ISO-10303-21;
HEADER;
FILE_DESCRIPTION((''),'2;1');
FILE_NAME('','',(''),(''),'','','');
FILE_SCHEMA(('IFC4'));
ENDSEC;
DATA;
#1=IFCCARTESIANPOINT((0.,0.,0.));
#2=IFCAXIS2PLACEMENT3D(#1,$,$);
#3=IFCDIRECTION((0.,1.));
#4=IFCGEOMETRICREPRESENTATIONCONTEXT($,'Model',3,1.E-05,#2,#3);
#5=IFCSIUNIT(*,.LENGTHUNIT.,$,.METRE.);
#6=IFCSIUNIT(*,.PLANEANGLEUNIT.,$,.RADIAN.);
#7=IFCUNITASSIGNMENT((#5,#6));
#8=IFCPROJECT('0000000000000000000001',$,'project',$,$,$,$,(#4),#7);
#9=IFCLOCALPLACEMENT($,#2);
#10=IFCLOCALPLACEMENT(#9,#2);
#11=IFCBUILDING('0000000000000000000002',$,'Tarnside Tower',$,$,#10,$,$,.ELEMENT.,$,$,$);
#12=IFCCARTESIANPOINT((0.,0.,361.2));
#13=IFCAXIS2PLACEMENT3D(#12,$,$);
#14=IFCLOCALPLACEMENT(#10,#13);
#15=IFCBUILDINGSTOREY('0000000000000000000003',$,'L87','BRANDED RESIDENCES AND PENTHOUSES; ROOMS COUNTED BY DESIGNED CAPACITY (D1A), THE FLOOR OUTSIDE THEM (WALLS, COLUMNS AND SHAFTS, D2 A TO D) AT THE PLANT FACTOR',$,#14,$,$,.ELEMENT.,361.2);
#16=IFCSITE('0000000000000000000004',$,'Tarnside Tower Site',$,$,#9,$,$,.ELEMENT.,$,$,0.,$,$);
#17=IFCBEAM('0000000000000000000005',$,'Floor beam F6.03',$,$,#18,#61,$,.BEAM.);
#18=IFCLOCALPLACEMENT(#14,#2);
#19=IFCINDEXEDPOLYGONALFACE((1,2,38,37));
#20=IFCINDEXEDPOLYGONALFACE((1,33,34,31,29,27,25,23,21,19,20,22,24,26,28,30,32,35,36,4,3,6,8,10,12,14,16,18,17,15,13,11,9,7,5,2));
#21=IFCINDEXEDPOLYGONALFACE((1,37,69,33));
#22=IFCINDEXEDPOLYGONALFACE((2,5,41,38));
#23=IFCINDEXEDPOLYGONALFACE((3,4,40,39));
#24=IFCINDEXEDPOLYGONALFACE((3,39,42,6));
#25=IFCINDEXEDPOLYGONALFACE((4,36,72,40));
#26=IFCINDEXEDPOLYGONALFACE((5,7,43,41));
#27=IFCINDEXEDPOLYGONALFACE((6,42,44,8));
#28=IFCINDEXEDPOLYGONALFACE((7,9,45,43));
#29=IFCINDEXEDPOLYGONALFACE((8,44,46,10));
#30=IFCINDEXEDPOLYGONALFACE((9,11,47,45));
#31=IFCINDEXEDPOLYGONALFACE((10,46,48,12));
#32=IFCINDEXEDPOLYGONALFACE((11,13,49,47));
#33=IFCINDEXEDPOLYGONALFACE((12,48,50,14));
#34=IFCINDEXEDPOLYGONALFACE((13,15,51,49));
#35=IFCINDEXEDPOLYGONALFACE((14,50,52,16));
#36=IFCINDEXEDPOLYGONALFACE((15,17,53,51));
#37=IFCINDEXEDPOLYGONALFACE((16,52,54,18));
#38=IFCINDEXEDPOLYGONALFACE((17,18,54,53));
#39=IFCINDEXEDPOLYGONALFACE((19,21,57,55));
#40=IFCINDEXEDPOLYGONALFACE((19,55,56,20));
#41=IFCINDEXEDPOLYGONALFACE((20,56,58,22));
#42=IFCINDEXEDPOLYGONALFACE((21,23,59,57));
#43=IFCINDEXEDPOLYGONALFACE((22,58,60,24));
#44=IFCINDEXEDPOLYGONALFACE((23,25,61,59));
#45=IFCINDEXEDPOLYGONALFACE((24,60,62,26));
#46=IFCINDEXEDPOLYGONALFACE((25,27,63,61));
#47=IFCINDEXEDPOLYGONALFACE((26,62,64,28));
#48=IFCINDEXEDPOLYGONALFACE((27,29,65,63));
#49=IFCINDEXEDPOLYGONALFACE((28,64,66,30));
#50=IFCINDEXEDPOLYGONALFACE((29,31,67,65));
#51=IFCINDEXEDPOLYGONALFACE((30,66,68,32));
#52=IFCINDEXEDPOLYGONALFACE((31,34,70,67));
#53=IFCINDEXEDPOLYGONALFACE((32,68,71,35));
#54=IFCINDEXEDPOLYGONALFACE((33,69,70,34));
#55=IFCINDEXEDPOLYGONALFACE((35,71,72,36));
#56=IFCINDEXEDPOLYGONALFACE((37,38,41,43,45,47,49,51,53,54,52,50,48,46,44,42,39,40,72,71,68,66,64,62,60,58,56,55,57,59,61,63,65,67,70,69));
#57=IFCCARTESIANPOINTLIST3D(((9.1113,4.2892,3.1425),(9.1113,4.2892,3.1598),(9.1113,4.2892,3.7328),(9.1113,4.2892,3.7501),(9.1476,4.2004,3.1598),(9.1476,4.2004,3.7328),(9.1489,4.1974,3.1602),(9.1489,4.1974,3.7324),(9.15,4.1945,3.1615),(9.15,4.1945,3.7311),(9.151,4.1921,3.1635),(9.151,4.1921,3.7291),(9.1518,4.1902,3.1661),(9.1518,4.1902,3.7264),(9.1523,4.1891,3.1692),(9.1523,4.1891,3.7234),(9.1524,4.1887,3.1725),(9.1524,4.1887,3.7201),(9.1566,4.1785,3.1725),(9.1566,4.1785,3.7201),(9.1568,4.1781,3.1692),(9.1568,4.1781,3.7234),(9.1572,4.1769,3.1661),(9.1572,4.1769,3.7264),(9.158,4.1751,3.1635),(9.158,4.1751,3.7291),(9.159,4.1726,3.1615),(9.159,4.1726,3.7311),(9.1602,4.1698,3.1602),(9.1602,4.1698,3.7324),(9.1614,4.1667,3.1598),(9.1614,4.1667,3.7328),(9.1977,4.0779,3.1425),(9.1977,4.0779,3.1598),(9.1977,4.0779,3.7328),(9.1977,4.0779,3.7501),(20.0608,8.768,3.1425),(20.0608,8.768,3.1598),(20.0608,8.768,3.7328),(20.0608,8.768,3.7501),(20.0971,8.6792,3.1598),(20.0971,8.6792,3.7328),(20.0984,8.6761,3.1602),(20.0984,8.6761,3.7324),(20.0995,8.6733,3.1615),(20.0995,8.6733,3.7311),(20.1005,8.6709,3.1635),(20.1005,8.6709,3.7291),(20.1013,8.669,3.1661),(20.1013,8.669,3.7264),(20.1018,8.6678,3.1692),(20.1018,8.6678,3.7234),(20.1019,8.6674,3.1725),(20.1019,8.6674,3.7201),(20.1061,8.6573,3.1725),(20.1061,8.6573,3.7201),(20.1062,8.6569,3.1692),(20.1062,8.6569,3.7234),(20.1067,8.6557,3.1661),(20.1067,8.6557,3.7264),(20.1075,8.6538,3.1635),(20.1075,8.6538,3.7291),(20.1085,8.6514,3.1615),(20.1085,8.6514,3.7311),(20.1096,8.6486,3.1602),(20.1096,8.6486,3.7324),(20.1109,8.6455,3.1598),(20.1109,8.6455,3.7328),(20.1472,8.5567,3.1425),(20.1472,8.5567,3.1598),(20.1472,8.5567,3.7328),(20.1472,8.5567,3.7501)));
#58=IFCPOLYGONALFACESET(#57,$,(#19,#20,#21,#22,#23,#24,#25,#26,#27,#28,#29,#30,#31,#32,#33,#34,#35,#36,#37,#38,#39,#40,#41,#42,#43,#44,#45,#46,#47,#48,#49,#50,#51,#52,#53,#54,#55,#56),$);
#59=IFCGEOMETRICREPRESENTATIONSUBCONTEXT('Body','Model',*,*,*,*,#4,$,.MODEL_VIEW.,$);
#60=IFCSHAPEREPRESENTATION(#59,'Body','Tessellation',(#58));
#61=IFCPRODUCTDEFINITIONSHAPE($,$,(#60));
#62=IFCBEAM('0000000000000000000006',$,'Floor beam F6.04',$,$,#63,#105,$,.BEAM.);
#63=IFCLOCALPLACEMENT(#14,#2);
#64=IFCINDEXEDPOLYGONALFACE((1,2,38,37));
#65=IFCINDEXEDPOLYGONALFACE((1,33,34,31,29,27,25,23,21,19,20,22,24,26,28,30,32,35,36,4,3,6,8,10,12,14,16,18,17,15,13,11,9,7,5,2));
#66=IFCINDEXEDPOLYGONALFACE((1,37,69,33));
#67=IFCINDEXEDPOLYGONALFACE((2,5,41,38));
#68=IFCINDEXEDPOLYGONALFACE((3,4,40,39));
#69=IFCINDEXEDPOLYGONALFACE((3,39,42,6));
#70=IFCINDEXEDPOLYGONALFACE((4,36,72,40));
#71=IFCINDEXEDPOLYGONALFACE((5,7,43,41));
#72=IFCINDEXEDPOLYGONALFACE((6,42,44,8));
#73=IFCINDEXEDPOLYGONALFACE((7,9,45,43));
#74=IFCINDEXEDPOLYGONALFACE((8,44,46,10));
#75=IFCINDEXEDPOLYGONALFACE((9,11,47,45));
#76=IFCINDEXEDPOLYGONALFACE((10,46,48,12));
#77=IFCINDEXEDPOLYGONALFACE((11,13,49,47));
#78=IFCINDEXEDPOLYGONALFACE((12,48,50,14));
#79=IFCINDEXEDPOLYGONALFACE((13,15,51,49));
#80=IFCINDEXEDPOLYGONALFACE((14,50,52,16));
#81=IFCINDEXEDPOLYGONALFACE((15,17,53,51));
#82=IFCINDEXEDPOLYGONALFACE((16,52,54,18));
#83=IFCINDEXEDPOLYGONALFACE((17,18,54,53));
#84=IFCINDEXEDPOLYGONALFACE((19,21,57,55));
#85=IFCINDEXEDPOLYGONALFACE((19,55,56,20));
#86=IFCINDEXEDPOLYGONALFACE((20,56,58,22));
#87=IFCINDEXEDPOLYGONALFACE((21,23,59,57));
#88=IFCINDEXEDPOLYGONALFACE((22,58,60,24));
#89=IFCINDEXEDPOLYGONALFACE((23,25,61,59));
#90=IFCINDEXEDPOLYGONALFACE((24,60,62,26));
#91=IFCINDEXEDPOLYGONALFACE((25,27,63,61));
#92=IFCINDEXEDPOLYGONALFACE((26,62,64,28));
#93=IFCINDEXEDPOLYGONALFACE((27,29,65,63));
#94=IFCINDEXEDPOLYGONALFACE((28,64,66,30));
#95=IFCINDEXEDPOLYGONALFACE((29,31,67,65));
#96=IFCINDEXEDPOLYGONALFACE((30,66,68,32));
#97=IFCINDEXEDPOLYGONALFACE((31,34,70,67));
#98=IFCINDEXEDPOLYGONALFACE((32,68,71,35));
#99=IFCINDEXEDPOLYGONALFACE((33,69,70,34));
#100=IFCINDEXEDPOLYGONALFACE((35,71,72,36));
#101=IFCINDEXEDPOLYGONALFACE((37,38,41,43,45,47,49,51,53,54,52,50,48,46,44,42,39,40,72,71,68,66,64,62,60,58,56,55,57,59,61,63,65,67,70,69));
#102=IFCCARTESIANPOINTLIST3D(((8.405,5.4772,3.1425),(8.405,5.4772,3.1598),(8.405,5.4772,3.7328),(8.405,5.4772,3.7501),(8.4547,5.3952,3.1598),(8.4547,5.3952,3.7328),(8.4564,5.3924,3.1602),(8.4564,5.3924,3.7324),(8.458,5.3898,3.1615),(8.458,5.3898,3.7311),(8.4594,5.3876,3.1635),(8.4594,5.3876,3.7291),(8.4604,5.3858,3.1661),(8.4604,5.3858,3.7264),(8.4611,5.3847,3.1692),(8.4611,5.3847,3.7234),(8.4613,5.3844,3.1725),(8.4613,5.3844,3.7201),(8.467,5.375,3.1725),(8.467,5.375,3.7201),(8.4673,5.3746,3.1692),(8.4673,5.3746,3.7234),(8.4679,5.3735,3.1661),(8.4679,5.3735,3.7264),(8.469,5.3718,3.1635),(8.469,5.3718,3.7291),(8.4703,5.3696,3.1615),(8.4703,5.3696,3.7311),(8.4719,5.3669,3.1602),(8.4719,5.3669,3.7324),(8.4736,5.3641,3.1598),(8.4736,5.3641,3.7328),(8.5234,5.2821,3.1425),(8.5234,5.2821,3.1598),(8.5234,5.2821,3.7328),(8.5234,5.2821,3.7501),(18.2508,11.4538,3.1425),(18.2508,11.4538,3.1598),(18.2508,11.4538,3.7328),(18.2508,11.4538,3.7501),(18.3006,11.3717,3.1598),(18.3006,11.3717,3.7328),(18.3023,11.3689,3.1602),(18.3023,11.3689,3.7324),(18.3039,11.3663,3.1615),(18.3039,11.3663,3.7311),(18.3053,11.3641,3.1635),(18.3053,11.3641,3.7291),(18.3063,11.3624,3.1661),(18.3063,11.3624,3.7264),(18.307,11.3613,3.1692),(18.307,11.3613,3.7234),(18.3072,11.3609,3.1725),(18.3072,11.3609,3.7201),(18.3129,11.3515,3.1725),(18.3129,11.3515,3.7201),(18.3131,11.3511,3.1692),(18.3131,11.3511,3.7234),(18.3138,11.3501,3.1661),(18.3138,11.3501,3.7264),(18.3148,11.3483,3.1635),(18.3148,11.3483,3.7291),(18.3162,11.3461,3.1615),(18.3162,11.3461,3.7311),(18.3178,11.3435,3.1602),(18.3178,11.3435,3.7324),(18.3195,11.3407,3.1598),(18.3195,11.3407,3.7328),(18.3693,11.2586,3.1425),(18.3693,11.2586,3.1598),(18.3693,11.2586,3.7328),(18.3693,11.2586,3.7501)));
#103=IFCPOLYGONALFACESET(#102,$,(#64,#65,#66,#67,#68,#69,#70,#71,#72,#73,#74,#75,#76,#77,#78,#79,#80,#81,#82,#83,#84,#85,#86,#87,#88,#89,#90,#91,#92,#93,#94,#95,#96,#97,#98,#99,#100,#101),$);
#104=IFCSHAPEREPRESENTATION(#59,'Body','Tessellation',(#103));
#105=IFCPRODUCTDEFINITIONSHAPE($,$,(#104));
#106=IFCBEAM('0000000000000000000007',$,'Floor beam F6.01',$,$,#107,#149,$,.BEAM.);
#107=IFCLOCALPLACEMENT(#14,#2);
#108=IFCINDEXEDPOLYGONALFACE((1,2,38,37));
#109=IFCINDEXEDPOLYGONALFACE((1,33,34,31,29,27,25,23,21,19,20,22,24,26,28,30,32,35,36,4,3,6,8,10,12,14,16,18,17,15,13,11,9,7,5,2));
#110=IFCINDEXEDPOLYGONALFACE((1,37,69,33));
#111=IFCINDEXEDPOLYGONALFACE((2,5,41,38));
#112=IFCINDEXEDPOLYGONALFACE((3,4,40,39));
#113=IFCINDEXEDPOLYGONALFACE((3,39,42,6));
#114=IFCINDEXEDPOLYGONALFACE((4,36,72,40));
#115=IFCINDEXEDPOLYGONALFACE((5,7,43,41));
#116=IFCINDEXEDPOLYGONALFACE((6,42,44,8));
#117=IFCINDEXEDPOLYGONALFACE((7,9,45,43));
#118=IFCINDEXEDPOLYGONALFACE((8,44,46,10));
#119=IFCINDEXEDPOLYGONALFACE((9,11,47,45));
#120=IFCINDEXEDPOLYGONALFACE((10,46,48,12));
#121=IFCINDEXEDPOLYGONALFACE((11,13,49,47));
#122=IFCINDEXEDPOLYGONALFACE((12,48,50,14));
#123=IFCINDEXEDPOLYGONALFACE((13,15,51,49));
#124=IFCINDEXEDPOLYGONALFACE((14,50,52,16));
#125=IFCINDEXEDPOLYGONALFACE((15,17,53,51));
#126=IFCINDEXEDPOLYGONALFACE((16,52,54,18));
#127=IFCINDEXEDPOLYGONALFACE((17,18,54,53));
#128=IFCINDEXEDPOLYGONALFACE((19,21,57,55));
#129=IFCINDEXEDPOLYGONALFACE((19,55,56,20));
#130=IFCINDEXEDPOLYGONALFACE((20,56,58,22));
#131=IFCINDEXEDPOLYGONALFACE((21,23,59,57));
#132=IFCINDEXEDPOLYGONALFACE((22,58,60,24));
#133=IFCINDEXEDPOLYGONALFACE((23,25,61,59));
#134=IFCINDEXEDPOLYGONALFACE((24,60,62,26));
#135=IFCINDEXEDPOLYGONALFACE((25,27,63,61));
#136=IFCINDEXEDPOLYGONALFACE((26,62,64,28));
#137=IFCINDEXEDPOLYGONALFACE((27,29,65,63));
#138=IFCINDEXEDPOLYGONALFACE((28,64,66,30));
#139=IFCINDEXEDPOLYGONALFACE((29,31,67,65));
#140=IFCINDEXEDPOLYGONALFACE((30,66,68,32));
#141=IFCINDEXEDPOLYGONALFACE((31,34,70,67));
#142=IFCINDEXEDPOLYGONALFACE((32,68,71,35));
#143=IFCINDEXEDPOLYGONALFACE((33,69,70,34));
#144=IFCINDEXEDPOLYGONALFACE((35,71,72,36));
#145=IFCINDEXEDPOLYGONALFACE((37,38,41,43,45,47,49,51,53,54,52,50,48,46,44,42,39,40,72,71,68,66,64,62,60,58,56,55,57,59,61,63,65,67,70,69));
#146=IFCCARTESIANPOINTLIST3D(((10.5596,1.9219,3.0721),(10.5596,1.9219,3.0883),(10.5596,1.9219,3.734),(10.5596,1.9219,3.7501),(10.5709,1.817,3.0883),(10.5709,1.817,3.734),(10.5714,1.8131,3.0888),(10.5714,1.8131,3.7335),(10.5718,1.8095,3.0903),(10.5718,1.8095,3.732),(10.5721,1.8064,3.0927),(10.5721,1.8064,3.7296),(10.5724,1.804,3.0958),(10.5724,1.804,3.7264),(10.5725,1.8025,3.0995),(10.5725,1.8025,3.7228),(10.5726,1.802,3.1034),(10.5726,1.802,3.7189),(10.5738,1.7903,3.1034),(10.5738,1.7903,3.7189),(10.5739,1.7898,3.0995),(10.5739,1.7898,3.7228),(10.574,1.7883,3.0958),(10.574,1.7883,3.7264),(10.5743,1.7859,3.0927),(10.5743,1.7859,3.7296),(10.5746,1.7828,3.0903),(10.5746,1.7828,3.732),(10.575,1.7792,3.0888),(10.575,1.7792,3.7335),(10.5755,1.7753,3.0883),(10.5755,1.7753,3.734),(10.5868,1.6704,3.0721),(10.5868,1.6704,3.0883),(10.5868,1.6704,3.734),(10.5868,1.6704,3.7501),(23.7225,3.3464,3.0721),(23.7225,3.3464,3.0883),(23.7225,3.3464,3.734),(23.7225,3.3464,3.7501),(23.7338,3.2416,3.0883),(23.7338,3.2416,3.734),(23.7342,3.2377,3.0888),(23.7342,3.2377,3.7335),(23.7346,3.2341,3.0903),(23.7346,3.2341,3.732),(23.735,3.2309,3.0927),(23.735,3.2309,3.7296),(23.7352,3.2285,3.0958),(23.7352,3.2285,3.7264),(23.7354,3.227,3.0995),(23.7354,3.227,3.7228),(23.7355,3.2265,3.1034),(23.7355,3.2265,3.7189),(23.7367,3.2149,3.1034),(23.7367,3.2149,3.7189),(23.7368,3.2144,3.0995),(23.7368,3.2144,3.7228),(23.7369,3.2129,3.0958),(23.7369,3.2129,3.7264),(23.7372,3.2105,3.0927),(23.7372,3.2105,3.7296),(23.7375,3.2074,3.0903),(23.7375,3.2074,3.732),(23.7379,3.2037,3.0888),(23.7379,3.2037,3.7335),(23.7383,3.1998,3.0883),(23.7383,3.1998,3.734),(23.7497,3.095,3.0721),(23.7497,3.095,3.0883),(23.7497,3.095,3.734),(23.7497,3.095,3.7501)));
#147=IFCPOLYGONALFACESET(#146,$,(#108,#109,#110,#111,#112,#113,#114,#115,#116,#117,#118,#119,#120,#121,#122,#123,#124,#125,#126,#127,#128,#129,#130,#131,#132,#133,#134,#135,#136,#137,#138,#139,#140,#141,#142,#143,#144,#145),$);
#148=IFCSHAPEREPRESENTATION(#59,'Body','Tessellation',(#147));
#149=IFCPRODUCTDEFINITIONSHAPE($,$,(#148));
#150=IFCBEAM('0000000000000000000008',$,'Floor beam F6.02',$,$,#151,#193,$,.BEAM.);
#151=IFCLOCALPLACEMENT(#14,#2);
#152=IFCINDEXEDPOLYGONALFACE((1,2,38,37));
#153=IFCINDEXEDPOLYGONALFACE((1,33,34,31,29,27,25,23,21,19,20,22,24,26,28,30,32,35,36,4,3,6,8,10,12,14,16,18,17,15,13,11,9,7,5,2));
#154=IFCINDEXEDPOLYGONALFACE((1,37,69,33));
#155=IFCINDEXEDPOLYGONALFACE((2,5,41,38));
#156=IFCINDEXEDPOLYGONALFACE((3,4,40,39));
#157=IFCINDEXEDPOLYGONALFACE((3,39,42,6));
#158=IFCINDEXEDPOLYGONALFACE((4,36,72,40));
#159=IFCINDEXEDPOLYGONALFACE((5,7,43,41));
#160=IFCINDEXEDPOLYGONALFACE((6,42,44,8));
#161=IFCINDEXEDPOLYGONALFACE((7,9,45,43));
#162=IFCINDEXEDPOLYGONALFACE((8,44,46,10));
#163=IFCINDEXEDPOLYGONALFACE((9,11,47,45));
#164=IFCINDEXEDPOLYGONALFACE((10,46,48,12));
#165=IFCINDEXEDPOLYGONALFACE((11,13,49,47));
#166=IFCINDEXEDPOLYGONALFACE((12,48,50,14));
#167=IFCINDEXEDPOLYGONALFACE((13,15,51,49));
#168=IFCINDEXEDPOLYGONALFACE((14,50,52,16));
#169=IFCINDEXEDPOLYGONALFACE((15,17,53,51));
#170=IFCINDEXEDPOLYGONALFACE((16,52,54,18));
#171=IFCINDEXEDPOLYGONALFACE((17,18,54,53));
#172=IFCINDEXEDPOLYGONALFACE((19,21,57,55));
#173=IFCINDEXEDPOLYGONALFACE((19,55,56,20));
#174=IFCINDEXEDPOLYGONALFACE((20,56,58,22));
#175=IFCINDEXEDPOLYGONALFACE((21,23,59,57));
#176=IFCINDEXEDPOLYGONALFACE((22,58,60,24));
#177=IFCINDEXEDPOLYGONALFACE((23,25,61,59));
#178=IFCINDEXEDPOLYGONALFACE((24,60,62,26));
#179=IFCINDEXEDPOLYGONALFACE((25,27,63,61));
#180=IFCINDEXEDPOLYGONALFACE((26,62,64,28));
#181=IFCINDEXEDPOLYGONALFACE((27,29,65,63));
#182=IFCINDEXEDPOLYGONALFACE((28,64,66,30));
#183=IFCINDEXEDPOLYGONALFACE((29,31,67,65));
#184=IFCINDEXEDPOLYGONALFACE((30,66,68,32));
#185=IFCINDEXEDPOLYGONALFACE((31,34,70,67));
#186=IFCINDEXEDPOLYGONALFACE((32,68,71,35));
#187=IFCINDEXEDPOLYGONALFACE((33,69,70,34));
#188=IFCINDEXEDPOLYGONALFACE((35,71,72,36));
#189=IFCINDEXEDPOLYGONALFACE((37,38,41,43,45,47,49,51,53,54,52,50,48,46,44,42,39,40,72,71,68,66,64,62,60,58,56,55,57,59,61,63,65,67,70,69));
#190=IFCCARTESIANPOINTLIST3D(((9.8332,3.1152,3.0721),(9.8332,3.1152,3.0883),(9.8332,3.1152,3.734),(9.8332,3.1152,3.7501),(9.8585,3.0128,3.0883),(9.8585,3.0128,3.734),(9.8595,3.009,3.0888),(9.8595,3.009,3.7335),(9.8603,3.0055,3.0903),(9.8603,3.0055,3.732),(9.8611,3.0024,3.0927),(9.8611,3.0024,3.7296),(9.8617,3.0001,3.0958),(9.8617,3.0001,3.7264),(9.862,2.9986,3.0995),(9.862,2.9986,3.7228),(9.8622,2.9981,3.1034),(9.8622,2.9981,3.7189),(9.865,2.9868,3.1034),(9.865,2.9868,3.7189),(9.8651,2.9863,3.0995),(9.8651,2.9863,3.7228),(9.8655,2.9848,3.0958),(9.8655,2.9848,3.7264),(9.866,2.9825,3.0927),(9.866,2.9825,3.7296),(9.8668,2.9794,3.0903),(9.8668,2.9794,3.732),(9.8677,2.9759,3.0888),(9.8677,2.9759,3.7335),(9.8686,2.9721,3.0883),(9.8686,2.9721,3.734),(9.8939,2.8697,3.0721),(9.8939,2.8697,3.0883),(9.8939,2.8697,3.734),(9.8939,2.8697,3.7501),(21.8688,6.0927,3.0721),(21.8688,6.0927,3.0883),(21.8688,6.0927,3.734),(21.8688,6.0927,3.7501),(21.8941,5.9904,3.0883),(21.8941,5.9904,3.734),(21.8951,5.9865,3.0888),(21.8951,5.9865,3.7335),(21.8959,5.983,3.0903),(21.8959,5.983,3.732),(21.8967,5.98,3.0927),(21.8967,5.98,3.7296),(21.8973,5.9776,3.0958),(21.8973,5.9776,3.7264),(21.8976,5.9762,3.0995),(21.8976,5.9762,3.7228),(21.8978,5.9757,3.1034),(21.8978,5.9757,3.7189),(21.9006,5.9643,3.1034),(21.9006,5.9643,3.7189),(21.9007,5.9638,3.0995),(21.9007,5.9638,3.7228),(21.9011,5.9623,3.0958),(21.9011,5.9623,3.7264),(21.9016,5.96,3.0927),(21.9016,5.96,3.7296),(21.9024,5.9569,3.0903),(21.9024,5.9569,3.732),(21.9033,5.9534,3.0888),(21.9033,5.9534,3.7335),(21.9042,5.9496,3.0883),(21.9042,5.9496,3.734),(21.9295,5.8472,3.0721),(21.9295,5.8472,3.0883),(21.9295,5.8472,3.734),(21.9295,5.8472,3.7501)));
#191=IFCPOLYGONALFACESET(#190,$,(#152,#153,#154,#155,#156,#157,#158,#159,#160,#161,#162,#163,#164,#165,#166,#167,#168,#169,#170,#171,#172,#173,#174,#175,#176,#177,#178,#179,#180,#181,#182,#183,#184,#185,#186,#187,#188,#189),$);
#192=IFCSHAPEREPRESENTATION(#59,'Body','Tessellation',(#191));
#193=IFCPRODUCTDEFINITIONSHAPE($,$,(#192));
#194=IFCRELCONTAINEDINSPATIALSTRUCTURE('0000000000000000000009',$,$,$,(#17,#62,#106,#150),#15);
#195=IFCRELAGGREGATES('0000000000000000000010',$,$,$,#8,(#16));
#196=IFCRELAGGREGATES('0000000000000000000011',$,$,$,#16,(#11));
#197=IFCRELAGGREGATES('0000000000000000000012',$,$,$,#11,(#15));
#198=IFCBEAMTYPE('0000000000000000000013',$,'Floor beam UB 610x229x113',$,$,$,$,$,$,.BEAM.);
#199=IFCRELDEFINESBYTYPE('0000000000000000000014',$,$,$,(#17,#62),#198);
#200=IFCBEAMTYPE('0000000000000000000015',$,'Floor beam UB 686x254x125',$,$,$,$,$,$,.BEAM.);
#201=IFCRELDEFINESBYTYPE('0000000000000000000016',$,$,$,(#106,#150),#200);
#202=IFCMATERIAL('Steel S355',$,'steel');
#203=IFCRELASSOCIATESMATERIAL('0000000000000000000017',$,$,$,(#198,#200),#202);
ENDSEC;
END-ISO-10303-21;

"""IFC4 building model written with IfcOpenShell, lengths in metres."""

from ifc_helpers import new_model, si_unit, direction, frame, origin, origin_2d, place, context, subcontext, project, spatial, i_section, extrude, material, material_profile, profile_set, type_object, element, save


model = new_model("IFC4")

# Units and contexts
model_context = context("Model", 3, precision=1e-05, world=origin(), true_north=direction((0.0, 1.0)))
body_context = subcontext(model_context, "Body", "Model", "MODEL_VIEW")
ifc_project = project(units=[si_unit("LENGTHUNIT", "METRE"), si_unit("PLANEANGLEUNIT", "RADIAN")], contexts=[model_context])

# Site, building, storey
site_placement = place(None, origin())
site = spatial("IfcSite", under=ifc_project, at=site_placement, Name="Tarnside Tower Site", CompositionType="ELEMENT", RefElevation=0.0)
building_placement = place(site_placement, origin())
building = spatial("IfcBuilding", under=site, at=building_placement, Name="Tarnside Tower", CompositionType="ELEMENT")
storey_placement = place(building_placement, frame((0.0, 0.0, 361.2)))
storey = spatial("IfcBuildingStorey", under=building, at=storey_placement, Name="L87", Description="BRANDED RESIDENCES AND PENTHOUSES; ROOMS COUNTED BY DESIGNED CAPACITY (D1A), THE FLOOR OUTSIDE THEM (WALLS, COLUMNS AND SHAFTS, D2 A TO D) AT THE PLANT FACTOR", CompositionType="ELEMENT", Elevation=361.2)

# Beams
ifc_material_1 = material(Name="Steel S355", Category="steel")
ifc_material_profile_1 = material_profile(ifc_material_1, i_section(OverallWidth=0.2283, OverallDepth=0.6077, WebThickness=0.011, FlangeThickness=0.0173, FilletRadius=0.0127, at=origin_2d()), Name="UB 610x229x113")
ifc_profile_set_1 = profile_set([ifc_material_profile_1], Name="Steel S355")
beam_type_1 = type_object("IfcBeamType", Name="Floor beam UB 610x229x113", PredefinedType="BEAM", material=ifc_profile_set_1)
beam_1_placement = place(storey_placement, frame((20.104, 8.6624, 3.4463), z_axis=(-0.925564, -0.378592, 0.0), x_axis=(0.378592, -0.925564, 0.0)))
element("IfcBeam", 1, at=beam_1_placement, inside=storey, type_object=beam_type_1, Name="Floor beam F6.03", PredefinedType="BEAM", context=body_context, shape_type="SweptSolid", body=[
    extrude(i_section(OverallWidth=0.2283, OverallDepth=0.6077, WebThickness=0.011, FlangeThickness=0.0173, FilletRadius=0.0127, at=origin_2d()), origin(), (0.0, 0.0, 1.0), 11.8301),
])
beam_2_placement = place(storey_placement, frame((18.3101, 11.3562, 3.4463), z_axis=(-0.854839, -0.518894, 0.0), x_axis=(0.518894, -0.854839, 0.0)))
element("IfcBeam", 2, at=beam_2_placement, inside=storey, type_object=beam_type_1, Name="Floor beam F6.04", PredefinedType="BEAM", context=body_context, shape_type="SweptSolid", body=[
    extrude(i_section(OverallWidth=0.2283, OverallDepth=0.6077, WebThickness=0.011, FlangeThickness=0.0173, FilletRadius=0.0127, at=origin_2d()), origin(), (0.0, 0.0, 1.0), 11.5178),
])
ifc_material_profile_2 = material_profile(ifc_material_1, i_section(OverallWidth=0.2529, OverallDepth=0.678, WebThickness=0.0117, FlangeThickness=0.0161, FilletRadius=0.0151, at=origin_2d()), Name="UB 686x254x125")
ifc_profile_set_2 = profile_set([ifc_material_profile_2], Name="Steel S355")
beam_type_2 = type_object("IfcBeamType", Name="Floor beam UB 686x254x125", PredefinedType="BEAM", material=ifc_profile_set_2)
beam_3_placement = place(storey_placement, frame((23.7361, 3.2207, 3.4111), z_axis=(-0.994195, -0.107598, 0.0), x_axis=(0.107598, -0.994195, 0.0)))
element("IfcBeam", 3, at=beam_3_placement, inside=storey, type_object=beam_type_2, Name="Floor beam F6.01", PredefinedType="BEAM", context=body_context, shape_type="SweptSolid", body=[
    extrude(i_section(OverallWidth=0.2529, OverallDepth=0.678, WebThickness=0.0117, FlangeThickness=0.0161, FilletRadius=0.0151, at=origin_2d()), origin(), (0.0, 0.0, 1.0), 13.2397),
])
beam_4_placement = place(storey_placement, frame((21.8992, 5.97, 3.4111), z_axis=(-0.970735, -0.240153, 0.0), x_axis=(0.240153, -0.970735, 0.0)))
element("IfcBeam", 4, at=beam_4_placement, inside=storey, type_object=beam_type_2, Name="Floor beam F6.02", PredefinedType="BEAM", context=body_context, shape_type="SweptSolid", body=[
    extrude(i_section(OverallWidth=0.2529, OverallDepth=0.678, WebThickness=0.0117, FlangeThickness=0.0161, FilletRadius=0.0151, at=origin_2d()), origin(), (0.0, 0.0, 1.0), 12.3984),
])

save(model, "model.ifc")
